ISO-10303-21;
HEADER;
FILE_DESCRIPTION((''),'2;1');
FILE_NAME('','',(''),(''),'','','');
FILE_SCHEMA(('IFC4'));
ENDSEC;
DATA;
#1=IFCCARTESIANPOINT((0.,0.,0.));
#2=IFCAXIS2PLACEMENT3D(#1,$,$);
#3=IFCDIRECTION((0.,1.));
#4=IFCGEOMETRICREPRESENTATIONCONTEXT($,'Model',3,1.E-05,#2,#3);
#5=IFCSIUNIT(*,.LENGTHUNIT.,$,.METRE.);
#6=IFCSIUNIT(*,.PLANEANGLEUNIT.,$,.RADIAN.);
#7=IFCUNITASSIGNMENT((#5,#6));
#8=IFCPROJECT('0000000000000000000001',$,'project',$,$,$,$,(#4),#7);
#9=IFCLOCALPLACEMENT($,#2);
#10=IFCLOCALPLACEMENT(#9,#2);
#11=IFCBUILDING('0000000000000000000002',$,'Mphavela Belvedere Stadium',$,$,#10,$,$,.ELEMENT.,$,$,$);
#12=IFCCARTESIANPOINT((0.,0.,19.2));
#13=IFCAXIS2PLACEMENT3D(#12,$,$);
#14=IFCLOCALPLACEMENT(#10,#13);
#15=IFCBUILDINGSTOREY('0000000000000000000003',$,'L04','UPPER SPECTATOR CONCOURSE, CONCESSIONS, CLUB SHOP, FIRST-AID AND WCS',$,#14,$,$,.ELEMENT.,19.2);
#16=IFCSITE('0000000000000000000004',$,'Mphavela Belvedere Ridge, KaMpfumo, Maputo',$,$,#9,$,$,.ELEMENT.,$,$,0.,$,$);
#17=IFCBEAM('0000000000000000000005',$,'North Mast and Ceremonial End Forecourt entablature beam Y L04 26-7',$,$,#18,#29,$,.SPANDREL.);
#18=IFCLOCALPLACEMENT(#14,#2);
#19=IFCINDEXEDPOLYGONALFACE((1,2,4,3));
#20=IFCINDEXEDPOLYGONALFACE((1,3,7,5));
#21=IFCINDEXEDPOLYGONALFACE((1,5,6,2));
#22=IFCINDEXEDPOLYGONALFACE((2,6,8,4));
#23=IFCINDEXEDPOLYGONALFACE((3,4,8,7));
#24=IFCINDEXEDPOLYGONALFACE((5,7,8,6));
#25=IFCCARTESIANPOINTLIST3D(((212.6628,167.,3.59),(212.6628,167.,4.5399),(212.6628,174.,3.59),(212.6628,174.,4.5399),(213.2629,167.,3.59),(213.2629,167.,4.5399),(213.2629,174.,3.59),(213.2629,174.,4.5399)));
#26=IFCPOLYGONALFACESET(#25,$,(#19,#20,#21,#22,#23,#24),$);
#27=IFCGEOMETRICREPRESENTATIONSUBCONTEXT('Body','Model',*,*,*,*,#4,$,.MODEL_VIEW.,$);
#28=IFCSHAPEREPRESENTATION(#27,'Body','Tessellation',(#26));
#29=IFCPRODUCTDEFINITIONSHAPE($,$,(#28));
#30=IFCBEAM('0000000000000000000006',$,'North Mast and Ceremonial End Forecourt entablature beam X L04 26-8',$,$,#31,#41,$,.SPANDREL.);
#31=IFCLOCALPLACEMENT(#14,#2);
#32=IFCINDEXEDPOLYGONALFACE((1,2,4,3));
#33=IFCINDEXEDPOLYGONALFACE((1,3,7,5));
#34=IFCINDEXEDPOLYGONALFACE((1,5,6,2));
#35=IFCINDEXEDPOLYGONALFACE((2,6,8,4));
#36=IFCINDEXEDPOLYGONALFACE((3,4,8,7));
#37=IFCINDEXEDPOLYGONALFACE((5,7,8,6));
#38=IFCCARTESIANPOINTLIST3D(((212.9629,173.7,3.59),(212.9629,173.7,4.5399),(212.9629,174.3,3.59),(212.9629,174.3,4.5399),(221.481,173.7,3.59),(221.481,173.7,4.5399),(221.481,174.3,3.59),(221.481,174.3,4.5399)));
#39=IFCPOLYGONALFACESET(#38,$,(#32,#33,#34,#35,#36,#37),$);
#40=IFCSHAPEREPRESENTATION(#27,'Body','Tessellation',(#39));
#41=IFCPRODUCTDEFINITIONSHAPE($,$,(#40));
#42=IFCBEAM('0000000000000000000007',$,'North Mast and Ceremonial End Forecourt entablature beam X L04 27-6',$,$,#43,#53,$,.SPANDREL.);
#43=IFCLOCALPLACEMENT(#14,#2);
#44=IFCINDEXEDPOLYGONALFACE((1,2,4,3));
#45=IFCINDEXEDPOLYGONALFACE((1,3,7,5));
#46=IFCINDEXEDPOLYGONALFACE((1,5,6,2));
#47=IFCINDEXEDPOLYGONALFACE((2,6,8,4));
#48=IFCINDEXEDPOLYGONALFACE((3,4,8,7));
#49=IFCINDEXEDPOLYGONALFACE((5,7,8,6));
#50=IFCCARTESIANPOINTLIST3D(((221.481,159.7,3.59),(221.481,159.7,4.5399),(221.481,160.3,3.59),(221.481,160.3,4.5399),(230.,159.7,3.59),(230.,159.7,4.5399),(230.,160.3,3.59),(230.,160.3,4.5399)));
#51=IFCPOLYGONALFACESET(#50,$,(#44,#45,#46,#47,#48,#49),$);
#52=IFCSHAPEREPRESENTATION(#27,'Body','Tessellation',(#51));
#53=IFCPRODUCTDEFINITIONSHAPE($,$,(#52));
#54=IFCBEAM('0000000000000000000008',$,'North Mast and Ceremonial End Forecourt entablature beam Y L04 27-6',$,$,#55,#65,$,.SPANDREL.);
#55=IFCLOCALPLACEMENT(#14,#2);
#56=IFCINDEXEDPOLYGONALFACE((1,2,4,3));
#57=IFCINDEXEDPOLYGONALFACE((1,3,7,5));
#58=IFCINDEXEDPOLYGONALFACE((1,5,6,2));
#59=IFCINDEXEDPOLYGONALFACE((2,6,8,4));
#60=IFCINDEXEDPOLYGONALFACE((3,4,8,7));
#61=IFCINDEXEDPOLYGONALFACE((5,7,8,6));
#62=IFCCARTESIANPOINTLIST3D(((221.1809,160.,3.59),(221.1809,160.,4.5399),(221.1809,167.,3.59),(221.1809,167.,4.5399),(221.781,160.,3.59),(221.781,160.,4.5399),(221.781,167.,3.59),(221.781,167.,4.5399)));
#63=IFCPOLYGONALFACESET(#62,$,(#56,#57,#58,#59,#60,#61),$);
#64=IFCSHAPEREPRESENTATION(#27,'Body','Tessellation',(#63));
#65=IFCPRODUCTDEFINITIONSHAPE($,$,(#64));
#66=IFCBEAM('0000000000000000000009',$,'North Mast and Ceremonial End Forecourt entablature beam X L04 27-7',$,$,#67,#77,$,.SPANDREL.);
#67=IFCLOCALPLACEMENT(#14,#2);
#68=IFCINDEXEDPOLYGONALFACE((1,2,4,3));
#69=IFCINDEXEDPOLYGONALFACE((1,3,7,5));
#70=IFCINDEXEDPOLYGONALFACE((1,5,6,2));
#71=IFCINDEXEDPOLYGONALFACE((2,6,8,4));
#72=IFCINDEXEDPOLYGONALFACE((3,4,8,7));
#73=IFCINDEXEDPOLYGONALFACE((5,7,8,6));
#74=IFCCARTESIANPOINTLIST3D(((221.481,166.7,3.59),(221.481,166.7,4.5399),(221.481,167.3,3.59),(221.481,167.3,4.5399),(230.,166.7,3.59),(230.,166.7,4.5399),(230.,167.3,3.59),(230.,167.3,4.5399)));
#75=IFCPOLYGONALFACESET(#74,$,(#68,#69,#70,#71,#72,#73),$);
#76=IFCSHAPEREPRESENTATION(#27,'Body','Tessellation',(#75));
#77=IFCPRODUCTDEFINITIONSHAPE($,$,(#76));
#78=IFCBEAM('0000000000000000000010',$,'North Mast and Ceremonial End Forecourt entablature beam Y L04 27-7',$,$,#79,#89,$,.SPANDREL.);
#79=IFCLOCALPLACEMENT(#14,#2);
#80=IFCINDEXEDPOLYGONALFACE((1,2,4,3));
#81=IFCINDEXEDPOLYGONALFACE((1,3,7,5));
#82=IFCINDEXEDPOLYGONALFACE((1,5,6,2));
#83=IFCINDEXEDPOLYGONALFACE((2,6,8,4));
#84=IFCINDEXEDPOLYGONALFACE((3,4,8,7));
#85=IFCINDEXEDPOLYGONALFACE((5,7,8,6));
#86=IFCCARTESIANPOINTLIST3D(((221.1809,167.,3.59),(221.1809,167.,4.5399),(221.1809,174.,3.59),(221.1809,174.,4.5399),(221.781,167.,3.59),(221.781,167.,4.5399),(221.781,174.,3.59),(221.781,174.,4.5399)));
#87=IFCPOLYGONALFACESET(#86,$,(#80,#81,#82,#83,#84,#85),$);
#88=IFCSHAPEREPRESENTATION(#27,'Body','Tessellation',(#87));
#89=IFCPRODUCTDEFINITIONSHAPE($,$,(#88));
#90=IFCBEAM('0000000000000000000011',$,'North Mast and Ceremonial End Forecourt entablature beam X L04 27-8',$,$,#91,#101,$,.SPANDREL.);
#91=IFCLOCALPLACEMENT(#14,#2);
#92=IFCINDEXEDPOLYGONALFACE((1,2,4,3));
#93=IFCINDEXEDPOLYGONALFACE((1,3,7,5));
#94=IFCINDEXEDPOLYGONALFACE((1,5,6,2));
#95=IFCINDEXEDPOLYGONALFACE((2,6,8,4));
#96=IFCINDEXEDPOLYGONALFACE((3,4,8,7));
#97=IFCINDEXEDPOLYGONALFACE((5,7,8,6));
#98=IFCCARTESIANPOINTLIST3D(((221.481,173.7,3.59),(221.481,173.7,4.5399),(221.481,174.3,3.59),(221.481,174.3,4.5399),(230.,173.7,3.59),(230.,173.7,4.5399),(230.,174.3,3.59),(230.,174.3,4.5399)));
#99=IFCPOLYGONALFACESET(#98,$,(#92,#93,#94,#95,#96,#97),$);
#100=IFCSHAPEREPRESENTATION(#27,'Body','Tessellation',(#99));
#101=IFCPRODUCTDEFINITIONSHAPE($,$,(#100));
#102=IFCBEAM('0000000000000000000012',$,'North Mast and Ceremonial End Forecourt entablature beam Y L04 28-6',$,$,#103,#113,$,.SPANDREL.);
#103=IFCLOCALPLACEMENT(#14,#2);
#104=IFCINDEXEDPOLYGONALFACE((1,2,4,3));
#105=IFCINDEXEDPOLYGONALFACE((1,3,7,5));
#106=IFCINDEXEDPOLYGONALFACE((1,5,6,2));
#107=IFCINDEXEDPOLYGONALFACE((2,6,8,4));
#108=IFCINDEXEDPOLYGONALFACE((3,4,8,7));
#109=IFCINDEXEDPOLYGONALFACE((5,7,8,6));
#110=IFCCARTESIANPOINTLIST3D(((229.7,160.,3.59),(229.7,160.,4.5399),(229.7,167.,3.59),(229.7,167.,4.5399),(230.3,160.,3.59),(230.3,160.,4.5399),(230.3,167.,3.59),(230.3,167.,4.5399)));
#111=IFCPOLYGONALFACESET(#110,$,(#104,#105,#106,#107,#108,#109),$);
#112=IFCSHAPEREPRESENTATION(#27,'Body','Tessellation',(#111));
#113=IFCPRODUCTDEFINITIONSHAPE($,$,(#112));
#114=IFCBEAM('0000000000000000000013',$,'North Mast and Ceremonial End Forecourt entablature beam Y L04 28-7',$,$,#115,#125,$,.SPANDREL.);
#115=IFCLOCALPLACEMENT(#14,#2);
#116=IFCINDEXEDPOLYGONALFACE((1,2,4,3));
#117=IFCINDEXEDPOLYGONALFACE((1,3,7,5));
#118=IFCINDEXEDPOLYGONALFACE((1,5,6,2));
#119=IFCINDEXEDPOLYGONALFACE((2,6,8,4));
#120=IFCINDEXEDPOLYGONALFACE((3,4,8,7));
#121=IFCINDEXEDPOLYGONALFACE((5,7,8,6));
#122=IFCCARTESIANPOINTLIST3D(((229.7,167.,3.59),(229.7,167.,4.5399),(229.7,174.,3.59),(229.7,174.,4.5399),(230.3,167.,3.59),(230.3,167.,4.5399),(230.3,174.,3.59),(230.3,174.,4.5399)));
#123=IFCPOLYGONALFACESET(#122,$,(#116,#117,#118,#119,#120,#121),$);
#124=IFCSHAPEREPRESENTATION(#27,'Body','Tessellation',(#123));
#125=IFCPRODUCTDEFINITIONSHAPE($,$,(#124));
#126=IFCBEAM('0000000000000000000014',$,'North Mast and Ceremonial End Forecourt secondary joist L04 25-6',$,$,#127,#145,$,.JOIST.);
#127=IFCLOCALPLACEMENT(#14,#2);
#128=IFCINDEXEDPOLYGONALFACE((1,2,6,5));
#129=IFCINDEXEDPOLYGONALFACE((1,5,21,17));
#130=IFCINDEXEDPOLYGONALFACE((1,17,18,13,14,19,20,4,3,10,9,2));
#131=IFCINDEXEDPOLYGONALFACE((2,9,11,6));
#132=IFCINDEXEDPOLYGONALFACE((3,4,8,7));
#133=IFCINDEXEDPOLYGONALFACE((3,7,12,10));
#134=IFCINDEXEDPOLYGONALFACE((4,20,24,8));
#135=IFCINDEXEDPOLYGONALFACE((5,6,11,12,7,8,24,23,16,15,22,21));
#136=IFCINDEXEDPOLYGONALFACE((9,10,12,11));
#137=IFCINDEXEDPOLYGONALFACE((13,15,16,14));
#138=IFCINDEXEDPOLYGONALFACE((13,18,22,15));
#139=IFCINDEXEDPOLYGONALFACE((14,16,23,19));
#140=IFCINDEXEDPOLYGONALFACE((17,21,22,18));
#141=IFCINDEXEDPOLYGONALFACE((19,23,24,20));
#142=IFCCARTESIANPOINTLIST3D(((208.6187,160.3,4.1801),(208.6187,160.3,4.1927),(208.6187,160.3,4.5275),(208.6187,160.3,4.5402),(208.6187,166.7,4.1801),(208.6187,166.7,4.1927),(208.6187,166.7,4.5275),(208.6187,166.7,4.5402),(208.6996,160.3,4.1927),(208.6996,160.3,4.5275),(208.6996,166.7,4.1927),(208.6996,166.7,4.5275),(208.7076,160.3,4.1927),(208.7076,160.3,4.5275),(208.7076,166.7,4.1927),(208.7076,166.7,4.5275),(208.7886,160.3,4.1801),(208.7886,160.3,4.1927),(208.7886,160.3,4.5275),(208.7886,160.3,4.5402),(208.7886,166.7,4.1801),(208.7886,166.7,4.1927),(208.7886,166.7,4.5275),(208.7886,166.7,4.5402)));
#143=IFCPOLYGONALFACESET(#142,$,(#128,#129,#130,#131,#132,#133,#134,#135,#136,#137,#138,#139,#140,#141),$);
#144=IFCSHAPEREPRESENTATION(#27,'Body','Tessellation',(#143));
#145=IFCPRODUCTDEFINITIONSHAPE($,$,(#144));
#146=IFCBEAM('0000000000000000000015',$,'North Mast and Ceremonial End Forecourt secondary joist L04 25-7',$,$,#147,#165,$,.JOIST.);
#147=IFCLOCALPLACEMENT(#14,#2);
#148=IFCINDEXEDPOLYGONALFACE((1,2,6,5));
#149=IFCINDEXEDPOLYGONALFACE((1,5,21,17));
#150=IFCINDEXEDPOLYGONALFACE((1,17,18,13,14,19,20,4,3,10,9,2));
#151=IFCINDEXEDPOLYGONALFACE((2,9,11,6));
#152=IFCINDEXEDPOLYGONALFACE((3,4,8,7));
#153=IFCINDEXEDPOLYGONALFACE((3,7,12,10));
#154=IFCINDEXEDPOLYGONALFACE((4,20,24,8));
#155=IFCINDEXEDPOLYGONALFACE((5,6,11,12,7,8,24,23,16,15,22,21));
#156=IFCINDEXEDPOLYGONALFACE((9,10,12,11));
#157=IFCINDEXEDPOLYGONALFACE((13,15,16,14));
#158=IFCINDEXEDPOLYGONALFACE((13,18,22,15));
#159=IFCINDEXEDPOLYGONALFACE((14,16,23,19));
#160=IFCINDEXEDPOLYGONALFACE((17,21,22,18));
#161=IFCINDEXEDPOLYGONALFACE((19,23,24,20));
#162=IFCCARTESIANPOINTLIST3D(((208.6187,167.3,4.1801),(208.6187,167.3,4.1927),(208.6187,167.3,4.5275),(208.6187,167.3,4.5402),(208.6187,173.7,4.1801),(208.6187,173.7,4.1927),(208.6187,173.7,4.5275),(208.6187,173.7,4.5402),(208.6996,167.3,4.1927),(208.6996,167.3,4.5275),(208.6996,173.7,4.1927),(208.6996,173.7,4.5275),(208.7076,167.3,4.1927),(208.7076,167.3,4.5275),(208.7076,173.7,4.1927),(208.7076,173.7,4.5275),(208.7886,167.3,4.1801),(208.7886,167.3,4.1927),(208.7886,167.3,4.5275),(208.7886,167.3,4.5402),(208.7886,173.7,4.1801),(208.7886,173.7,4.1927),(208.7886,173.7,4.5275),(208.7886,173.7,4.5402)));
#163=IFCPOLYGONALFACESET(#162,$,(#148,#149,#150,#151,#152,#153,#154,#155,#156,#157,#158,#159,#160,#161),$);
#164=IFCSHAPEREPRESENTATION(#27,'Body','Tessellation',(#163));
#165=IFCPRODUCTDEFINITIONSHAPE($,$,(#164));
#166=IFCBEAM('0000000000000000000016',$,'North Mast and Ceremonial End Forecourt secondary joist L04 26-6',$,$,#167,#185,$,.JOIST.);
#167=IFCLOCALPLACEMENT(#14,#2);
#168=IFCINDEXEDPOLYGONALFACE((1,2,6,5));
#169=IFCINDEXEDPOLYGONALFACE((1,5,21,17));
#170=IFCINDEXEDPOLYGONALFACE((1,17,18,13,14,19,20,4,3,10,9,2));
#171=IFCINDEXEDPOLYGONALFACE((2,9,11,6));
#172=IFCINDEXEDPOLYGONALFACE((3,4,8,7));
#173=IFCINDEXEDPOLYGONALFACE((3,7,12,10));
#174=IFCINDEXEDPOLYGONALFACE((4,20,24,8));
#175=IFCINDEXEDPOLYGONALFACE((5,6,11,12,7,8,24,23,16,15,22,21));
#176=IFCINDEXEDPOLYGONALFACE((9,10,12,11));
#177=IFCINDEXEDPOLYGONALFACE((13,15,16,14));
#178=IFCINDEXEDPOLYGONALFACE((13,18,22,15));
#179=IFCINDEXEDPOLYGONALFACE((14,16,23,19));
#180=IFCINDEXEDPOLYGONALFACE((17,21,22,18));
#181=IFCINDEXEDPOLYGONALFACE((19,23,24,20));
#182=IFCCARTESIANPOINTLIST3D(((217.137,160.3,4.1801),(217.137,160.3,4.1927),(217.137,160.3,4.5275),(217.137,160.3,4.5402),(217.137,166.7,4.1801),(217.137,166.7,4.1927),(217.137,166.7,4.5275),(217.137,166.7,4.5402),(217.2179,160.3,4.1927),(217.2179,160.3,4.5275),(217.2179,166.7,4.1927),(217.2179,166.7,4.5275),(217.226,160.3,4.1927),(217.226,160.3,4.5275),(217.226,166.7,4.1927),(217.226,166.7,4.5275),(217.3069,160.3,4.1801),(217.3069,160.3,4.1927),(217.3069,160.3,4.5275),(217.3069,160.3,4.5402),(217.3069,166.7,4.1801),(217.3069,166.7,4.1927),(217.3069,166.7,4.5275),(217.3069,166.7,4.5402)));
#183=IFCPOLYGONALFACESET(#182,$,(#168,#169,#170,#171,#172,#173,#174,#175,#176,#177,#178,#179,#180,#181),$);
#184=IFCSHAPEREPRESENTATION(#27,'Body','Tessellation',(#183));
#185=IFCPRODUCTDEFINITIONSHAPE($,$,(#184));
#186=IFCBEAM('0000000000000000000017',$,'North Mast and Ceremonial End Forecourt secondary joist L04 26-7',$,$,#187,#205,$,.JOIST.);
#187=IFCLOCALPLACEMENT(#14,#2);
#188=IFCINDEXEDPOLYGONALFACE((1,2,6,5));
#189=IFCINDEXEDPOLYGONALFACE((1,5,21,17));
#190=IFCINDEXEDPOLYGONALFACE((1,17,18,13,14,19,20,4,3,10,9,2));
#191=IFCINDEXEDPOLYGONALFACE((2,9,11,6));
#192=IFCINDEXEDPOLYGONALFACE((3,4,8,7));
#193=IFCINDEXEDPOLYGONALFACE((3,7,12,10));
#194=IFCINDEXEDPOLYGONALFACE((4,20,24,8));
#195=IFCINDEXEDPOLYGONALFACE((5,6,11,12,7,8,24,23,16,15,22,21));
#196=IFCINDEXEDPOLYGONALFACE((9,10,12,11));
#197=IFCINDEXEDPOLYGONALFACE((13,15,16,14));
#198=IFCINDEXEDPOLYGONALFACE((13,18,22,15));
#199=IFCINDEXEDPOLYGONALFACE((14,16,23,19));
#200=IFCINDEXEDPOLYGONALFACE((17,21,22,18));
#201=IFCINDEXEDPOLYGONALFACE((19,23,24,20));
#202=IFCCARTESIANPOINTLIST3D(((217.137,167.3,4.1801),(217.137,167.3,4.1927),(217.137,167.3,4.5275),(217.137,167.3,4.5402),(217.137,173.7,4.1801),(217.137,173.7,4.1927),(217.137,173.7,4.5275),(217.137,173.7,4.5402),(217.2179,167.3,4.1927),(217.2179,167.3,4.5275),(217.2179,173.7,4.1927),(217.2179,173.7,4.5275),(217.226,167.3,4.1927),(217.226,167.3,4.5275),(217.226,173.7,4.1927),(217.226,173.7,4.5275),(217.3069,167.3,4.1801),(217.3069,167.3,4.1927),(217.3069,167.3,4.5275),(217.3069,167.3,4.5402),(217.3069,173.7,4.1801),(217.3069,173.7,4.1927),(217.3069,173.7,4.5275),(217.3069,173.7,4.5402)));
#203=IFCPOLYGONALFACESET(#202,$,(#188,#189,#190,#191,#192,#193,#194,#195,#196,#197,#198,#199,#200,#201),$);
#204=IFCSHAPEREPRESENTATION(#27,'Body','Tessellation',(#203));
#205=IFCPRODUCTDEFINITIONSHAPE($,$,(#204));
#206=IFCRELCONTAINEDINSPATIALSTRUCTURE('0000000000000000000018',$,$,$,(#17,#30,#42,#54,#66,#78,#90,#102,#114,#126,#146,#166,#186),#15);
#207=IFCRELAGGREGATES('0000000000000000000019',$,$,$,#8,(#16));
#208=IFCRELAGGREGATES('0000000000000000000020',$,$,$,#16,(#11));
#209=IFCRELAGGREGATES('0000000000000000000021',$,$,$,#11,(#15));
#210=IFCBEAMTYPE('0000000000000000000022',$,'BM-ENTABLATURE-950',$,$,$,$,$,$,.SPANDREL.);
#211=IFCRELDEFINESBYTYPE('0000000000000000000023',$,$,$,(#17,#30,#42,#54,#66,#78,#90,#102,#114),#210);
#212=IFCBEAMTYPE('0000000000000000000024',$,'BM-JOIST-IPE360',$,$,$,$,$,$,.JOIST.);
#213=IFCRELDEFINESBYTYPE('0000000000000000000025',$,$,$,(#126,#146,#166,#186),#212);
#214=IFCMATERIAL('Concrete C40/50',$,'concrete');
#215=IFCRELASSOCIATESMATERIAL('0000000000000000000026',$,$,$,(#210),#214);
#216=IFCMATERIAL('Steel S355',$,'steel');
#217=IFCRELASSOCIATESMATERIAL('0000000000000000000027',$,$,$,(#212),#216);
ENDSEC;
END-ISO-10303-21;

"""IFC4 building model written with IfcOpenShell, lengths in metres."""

from ifc_helpers import new_model, si_unit, direction, frame, origin, origin_2d, place, context, subcontext, project, spatial, rectangle, i_section, extrude, material, material_profile, profile_set, type_object, element, save


model = new_model("IFC4")

# Units and contexts
model_context = context("Model", 3, precision=1e-05, world=origin(), true_north=direction((0.0, 1.0)))
body_context = subcontext(model_context, "Body", "Model", "MODEL_VIEW")
ifc_project = project(units=[si_unit("LENGTHUNIT", "METRE"), si_unit("PLANEANGLEUNIT", "RADIAN")], contexts=[model_context])

# Site, building, storey
site_placement = place(None, origin())
site = spatial("IfcSite", under=ifc_project, at=site_placement, Name="Mphavela Belvedere Ridge, KaMpfumo, Maputo", CompositionType="ELEMENT", RefElevation=0.0)
building_placement = place(site_placement, origin())
building = spatial("IfcBuilding", under=site, at=building_placement, Name="Mphavela Belvedere Stadium", CompositionType="ELEMENT")
storey_placement = place(building_placement, frame((0.0, 0.0, 19.2)))
storey = spatial("IfcBuildingStorey", under=building, at=storey_placement, Name="L04", Description="UPPER SPECTATOR CONCOURSE, CONCESSIONS, CLUB SHOP, FIRST-AID AND WCS", CompositionType="ELEMENT", Elevation=19.2)

# Beams
ifc_material_1 = material(Name="Concrete C40/50", Category="concrete")
ifc_material_profile_1 = material_profile(ifc_material_1, rectangle(XDim=0.6001, YDim=0.95, at=origin_2d()), Name="RC 600x950")
ifc_profile_set_1 = profile_set([ifc_material_profile_1], Name="Concrete C40/50")
beam_type_1 = type_object("IfcBeamType", Name="BM-ENTABLATURE-950", PredefinedType="SPANDREL", material=ifc_profile_set_1)
beam_1_placement = place(storey_placement, frame((212.9629, 167.0, 4.0649), z_axis=(0.0, 1.0, 0.0), x_axis=(-1.0, 0.0, 0.0)))
element("IfcBeam", 1, at=beam_1_placement, inside=storey, type_object=beam_type_1, Name="North Mast and Ceremonial End Forecourt entablature beam Y L04 26-7", PredefinedType="SPANDREL", context=body_context, shape_type="SweptSolid", body=[
    extrude(rectangle(XDim=0.6001, YDim=0.95, at=origin_2d()), origin(), (0.0, 0.0, 1.0), 7.0),
])
beam_2_placement = place(storey_placement, frame((212.9629, 174.0, 4.0649), z_axis=(1.0, 0.0, 0.0), x_axis=(0.0, 1.0, 0.0)))
element("IfcBeam", 2, at=beam_2_placement, inside=storey, type_object=beam_type_1, Name="North Mast and Ceremonial End Forecourt entablature beam X L04 26-8", PredefinedType="SPANDREL", context=body_context, shape_type="SweptSolid", body=[
    extrude(rectangle(XDim=0.6001, YDim=0.95, at=origin_2d()), origin(), (0.0, 0.0, 1.0), 8.5181),
])
beam_3_placement = place(storey_placement, frame((221.481, 160.0, 4.0649), z_axis=(1.0, 0.0, 0.0), x_axis=(0.0, 1.0, 0.0)))
element("IfcBeam", 3, at=beam_3_placement, inside=storey, type_object=beam_type_1, Name="North Mast and Ceremonial End Forecourt entablature beam X L04 27-6", PredefinedType="SPANDREL", context=body_context, shape_type="SweptSolid", body=[
    extrude(rectangle(XDim=0.6001, YDim=0.95, at=origin_2d()), origin(), (0.0, 0.0, 1.0), 8.519),
])
beam_4_placement = place(storey_placement, frame((221.481, 160.0, 4.0649), z_axis=(0.0, 1.0, 0.0), x_axis=(-1.0, 0.0, 0.0)))
element("IfcBeam", 4, at=beam_4_placement, inside=storey, type_object=beam_type_1, Name="North Mast and Ceremonial End Forecourt entablature beam Y L04 27-6", PredefinedType="SPANDREL", context=body_context, shape_type="SweptSolid", body=[
    extrude(rectangle(XDim=0.6001, YDim=0.95, at=origin_2d()), origin(), (0.0, 0.0, 1.0), 7.0),
])
beam_5_placement = place(storey_placement, frame((221.481, 167.0, 4.0649), z_axis=(1.0, 0.0, 0.0), x_axis=(0.0, 1.0, 0.0)))
element("IfcBeam", 5, at=beam_5_placement, inside=storey, type_object=beam_type_1, Name="North Mast and Ceremonial End Forecourt entablature beam X L04 27-7", PredefinedType="SPANDREL", context=body_context, shape_type="SweptSolid", body=[
    extrude(rectangle(XDim=0.6001, YDim=0.95, at=origin_2d()), origin(), (0.0, 0.0, 1.0), 8.519),
])
beam_6_placement = place(storey_placement, frame((221.481, 167.0, 4.0649), z_axis=(0.0, 1.0, 0.0), x_axis=(-1.0, 0.0, 0.0)))
element("IfcBeam", 6, at=beam_6_placement, inside=storey, type_object=beam_type_1, Name="North Mast and Ceremonial End Forecourt entablature beam Y L04 27-7", PredefinedType="SPANDREL", context=body_context, shape_type="SweptSolid", body=[
    extrude(rectangle(XDim=0.6001, YDim=0.95, at=origin_2d()), origin(), (0.0, 0.0, 1.0), 7.0),
])
beam_7_placement = place(storey_placement, frame((221.481, 174.0, 4.0649), z_axis=(1.0, 0.0, 0.0), x_axis=(0.0, 1.0, 0.0)))
element("IfcBeam", 7, at=beam_7_placement, inside=storey, type_object=beam_type_1, Name="North Mast and Ceremonial End Forecourt entablature beam X L04 27-8", PredefinedType="SPANDREL", context=body_context, shape_type="SweptSolid", body=[
    extrude(rectangle(XDim=0.6001, YDim=0.95, at=origin_2d()), origin(), (0.0, 0.0, 1.0), 8.519),
])
for number, where, z_axis, x_axis, name in (
    (8, (230.0, 160.0, 4.0649), (0.0, 1.0, 0.0), (-1.0, 0.0, 0.0), "North Mast and Ceremonial End Forecourt entablature beam Y L04 28-6"),
    (9, (230.0, 167.0, 4.0649), (0.0, 1.0, 0.0), (-1.0, 0.0, 0.0), "North Mast and Ceremonial End Forecourt entablature beam Y L04 28-7"),
):
    element("IfcBeam", number, at=place(storey_placement, frame(where, z_axis=z_axis, x_axis=x_axis)), inside=storey, type_object=beam_type_1, Name=name, PredefinedType="SPANDREL", context=body_context, shape_type="SweptSolid", body=[
        extrude(rectangle(XDim=0.6001, YDim=0.95, at=origin_2d()), origin(), (0.0, 0.0, 1.0), 7.0),
    ])
ifc_material_2 = material(Name="Steel S355", Category="steel")
ifc_material_profile_2 = material_profile(ifc_material_2, i_section(OverallWidth=0.1699, OverallDepth=0.3601, WebThickness=0.0081, FlangeThickness=0.0127, at=origin_2d()), Name="IPE 360")
ifc_profile_set_2 = profile_set([ifc_material_profile_2], Name="Steel S355")
beam_type_2 = type_object("IfcBeamType", Name="BM-JOIST-IPE360", PredefinedType="JOIST", material=ifc_profile_set_2)
for number, where, z_axis, x_axis, name in (
    (10, (208.7036, 160.3, 4.3601), (0.0, 1.0, 0.0), (-1.0, 0.0, 0.0), "North Mast and Ceremonial End Forecourt secondary joist L04 25-6"),
    (11, (208.7036, 167.3, 4.3601), (0.0, 1.0, 0.0), (-1.0, 0.0, 0.0), "North Mast and Ceremonial End Forecourt secondary joist L04 25-7"),
    (12, (217.2219, 160.3, 4.3601), (0.0, 1.0, 0.0), (-1.0, 0.0, 0.0), "North Mast and Ceremonial End Forecourt secondary joist L04 26-6"),
    (13, (217.2219, 167.3, 4.3601), (0.0, 1.0, 0.0), (-1.0, 0.0, 0.0), "North Mast and Ceremonial End Forecourt secondary joist L04 26-7"),
):
    element("IfcBeam", number, at=place(storey_placement, frame(where, z_axis=z_axis, x_axis=x_axis)), inside=storey, type_object=beam_type_2, Name=name, PredefinedType="JOIST", context=body_context, shape_type="SweptSolid", body=[
        extrude(i_section(OverallWidth=0.1699, OverallDepth=0.3601, WebThickness=0.0081, FlangeThickness=0.0127, at=origin_2d()), origin(), (0.0, 0.0, 1.0), 6.3999),
    ])

save(model, "model.ifc")
